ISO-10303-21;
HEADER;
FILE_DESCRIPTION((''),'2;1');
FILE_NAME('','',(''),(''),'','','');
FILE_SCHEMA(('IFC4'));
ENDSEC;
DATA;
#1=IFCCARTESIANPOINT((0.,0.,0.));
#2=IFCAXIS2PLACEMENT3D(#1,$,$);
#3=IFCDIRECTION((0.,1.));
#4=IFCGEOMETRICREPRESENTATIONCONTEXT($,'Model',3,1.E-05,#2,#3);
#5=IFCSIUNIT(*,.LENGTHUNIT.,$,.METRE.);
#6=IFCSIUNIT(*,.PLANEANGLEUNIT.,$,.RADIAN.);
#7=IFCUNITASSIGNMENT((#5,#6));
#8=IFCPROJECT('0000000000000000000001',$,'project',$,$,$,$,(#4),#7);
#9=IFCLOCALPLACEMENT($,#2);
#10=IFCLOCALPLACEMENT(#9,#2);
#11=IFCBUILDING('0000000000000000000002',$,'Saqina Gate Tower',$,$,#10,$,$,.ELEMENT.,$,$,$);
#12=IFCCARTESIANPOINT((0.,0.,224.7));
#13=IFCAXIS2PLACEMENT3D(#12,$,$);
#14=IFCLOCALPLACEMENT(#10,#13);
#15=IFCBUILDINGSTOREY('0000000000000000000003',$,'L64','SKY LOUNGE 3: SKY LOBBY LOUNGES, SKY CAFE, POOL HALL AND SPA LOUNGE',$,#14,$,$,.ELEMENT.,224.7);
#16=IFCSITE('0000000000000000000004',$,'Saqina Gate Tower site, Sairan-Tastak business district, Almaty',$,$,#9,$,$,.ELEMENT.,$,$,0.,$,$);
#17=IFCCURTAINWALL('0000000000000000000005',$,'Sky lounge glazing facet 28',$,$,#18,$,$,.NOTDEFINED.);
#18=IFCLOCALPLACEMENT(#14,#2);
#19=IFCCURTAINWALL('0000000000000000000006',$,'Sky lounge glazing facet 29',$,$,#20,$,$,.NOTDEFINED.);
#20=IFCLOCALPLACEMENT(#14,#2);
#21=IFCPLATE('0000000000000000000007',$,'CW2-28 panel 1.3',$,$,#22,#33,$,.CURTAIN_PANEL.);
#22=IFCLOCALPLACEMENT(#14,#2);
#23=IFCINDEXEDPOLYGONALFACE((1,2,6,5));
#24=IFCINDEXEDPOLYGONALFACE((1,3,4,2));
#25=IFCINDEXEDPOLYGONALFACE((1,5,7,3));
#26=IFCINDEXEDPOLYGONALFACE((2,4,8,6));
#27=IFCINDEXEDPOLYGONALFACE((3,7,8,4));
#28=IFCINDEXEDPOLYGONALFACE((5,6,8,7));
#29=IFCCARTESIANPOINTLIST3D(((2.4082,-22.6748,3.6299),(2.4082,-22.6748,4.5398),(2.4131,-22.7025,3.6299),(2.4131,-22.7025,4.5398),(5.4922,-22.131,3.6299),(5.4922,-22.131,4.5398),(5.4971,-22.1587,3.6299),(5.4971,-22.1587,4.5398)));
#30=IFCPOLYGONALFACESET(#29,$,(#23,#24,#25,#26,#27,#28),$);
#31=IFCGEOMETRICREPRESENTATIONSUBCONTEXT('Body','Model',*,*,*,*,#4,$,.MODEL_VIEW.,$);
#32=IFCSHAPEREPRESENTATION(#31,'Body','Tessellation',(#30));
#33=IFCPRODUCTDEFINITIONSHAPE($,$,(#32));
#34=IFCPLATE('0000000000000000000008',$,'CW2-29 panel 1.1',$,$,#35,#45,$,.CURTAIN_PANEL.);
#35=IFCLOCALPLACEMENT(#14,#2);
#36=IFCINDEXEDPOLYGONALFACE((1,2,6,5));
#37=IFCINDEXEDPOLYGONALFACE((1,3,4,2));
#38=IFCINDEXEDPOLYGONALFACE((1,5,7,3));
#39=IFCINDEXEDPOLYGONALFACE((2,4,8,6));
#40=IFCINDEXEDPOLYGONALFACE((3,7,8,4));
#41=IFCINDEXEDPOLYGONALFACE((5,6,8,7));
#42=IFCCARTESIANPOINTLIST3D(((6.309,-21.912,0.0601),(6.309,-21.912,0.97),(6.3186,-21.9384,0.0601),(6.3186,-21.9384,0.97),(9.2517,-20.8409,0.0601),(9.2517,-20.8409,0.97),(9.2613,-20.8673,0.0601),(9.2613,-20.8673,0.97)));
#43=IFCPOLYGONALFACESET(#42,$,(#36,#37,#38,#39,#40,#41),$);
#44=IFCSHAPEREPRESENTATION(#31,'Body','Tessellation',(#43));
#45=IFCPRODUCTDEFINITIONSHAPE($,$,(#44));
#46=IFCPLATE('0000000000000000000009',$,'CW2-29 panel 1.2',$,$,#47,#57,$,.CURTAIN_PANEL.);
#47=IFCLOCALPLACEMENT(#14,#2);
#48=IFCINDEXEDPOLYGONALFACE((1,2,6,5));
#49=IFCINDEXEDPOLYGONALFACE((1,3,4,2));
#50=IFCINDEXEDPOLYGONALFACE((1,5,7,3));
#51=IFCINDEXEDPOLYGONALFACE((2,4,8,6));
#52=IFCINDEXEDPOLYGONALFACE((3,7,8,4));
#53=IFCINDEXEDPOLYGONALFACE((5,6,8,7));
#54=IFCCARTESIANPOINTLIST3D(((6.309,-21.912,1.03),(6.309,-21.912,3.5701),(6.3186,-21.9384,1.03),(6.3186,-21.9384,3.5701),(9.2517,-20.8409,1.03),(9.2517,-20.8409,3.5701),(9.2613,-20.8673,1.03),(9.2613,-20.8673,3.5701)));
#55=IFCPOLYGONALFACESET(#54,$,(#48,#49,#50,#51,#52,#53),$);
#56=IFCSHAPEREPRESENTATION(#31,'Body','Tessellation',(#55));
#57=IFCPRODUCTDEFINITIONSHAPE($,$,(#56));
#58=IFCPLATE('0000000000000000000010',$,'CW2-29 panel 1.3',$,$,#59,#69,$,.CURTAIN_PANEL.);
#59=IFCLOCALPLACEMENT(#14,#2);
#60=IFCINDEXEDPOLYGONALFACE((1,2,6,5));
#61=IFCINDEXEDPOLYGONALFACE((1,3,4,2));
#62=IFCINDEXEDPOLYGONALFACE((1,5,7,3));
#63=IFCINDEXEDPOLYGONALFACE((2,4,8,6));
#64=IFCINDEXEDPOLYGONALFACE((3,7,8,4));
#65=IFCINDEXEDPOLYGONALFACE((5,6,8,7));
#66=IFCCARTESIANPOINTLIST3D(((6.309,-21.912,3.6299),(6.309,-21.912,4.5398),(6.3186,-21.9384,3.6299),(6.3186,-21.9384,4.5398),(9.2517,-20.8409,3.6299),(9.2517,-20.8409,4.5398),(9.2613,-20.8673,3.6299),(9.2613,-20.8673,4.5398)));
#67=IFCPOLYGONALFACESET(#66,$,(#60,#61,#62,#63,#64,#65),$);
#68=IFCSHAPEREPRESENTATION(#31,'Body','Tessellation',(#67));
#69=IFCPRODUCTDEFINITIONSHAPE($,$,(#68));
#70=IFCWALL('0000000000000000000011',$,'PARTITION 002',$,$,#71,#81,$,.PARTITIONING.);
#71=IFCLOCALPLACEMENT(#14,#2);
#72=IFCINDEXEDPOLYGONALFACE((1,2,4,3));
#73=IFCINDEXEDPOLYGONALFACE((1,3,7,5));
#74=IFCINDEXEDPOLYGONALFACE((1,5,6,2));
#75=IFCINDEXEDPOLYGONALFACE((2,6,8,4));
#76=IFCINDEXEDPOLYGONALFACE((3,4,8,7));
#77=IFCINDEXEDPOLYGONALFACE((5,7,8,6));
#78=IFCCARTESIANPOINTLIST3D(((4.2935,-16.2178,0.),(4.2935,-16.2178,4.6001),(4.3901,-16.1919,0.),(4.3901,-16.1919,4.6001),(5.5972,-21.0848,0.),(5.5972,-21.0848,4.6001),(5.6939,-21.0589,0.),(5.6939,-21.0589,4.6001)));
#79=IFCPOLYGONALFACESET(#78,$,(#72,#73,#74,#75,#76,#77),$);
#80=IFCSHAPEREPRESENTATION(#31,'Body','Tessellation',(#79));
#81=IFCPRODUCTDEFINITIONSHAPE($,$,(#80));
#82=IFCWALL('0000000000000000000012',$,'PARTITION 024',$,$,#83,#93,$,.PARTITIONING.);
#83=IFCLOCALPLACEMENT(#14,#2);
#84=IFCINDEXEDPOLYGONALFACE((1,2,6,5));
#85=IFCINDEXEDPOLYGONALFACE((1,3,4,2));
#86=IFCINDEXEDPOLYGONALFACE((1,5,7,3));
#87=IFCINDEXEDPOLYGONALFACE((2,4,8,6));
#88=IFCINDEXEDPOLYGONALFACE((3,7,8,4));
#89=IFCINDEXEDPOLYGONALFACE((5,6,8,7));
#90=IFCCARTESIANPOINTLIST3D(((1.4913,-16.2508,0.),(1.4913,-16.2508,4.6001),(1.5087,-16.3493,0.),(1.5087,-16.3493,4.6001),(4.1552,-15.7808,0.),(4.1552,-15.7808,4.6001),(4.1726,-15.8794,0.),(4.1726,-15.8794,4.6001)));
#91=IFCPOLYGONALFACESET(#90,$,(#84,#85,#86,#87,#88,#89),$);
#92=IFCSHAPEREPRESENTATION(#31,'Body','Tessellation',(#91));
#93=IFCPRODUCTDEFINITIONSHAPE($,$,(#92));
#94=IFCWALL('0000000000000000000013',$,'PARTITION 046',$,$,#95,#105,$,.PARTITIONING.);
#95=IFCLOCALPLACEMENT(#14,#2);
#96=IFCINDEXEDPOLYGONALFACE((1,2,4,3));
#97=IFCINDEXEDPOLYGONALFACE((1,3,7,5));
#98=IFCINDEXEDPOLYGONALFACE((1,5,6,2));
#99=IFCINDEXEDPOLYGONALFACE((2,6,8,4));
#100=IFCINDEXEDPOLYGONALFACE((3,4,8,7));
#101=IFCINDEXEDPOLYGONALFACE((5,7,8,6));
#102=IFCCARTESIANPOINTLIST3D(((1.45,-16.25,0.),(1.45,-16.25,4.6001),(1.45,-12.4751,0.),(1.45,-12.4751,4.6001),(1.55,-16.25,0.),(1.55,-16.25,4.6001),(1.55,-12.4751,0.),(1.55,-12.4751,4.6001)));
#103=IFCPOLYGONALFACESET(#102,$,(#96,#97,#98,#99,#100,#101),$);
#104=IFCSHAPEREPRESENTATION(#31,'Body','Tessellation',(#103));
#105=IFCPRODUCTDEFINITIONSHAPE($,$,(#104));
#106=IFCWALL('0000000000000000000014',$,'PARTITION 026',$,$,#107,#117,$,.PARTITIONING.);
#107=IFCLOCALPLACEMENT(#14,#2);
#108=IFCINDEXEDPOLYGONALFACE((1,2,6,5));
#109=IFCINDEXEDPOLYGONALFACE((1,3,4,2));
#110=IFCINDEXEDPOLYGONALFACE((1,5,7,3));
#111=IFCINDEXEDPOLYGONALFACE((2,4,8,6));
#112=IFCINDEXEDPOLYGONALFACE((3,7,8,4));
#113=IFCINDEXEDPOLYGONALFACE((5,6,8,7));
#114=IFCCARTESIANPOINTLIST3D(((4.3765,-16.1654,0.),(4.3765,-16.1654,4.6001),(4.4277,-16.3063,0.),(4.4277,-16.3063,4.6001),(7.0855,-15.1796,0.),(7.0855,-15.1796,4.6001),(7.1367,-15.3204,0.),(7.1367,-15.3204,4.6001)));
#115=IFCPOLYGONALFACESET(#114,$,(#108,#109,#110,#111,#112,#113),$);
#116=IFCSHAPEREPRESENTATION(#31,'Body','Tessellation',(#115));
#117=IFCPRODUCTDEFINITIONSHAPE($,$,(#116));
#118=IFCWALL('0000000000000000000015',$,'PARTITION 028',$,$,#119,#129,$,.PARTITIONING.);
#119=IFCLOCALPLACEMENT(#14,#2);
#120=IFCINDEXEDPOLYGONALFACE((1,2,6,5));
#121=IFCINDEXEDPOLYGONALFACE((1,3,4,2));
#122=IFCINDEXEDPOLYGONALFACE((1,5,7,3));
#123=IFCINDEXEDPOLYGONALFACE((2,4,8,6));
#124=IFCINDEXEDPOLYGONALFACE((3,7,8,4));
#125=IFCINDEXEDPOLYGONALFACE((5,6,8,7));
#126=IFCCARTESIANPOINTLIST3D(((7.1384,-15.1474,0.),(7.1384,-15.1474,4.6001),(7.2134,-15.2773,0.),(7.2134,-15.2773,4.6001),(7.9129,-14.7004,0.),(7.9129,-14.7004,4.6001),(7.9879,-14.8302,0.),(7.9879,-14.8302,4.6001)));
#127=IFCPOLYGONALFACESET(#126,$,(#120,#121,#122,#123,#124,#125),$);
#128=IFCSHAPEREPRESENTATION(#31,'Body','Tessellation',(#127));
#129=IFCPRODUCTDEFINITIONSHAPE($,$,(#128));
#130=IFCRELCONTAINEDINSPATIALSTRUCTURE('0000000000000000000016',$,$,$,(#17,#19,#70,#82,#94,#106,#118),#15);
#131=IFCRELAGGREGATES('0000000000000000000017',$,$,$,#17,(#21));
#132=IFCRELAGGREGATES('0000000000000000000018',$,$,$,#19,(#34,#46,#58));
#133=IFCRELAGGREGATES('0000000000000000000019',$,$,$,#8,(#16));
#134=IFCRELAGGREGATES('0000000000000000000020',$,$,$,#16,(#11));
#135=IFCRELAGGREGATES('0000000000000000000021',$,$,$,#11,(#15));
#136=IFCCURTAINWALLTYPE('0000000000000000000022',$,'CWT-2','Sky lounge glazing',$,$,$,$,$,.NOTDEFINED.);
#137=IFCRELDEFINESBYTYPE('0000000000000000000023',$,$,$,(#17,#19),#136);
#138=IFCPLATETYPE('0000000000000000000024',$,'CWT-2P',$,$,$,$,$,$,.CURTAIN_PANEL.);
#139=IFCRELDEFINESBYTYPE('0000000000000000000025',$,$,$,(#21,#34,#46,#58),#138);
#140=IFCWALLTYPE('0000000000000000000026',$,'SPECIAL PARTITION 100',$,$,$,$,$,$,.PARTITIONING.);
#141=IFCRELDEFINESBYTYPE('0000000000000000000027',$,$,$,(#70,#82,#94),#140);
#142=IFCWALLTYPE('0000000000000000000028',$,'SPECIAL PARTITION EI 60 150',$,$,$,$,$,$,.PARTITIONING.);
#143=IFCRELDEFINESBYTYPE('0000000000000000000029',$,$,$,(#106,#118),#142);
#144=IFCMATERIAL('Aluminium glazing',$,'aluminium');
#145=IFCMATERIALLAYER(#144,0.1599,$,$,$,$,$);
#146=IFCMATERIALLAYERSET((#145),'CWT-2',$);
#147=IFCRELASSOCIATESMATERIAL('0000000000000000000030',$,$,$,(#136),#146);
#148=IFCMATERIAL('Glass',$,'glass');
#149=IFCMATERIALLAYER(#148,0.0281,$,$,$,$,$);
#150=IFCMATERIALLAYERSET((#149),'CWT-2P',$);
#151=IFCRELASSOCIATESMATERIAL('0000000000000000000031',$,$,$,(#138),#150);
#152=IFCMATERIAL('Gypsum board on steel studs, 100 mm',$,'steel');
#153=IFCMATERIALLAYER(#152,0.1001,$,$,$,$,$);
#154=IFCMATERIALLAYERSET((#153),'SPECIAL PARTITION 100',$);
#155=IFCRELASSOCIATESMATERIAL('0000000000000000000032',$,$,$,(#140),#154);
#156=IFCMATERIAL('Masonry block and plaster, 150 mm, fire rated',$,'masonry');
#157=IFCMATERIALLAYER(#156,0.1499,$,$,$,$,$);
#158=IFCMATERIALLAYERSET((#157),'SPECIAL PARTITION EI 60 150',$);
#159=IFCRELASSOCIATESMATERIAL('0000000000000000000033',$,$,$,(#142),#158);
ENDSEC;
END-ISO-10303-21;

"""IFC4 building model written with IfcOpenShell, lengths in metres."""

from ifc_helpers import new_model, si_unit, direction, frame, frame_2d, origin, origin_2d, place, context, subcontext, project, spatial, rectangle, extrude, material, layer, layer_set, type_object, element, aggregate, save


model = new_model("IFC4")

# Units and contexts
model_context = context("Model", 3, precision=1e-05, world=origin(), true_north=direction((0.0, 1.0)))
body_context = subcontext(model_context, "Body", "Model", "MODEL_VIEW")
ifc_project = project(units=[si_unit("LENGTHUNIT", "METRE"), si_unit("PLANEANGLEUNIT", "RADIAN")], contexts=[model_context])

# Site, building, storey
site_placement = place(None, origin())
site = spatial("IfcSite", under=ifc_project, at=site_placement, Name="Saqina Gate Tower site, Sairan-Tastak business district, Almaty", CompositionType="ELEMENT", RefElevation=0.0)
building_placement = place(site_placement, origin())
building = spatial("IfcBuilding", under=site, at=building_placement, Name="Saqina Gate Tower", CompositionType="ELEMENT")
storey_placement = place(building_placement, frame((0.0, 0.0, 224.7)))
storey = spatial("IfcBuildingStorey", under=building, at=storey_placement, Name="L64", Description="SKY LOUNGE 3: SKY LOBBY LOUNGES, SKY CAFE, POOL HALL AND SPA LOUNGE", CompositionType="ELEMENT", Elevation=224.7)

# Curtain wall
ifc_material_1 = material(Name="Aluminium glazing", Category="aluminium")
ifc_layer_1 = layer(ifc_material_1, 0.1599)
ifc_layer_set_1 = layer_set([ifc_layer_1], Name="CWT-2")
curtain_wall_type = type_object("IfcCurtainWallType", Name="CWT-2", Description="Sky lounge glazing", PredefinedType="NOTDEFINED", material=ifc_layer_set_1)
curtain_wall_1_placement = place(storey_placement, origin())
curtain_wall_1 = element("IfcCurtainWall", 1, at=curtain_wall_1_placement, inside=storey, type_object=curtain_wall_type, Name="Sky lounge glazing facet 28", PredefinedType="NOTDEFINED")

# Curtain wall
curtain_wall_2_placement = place(storey_placement, origin())
curtain_wall_2 = element("IfcCurtainWall", 2, at=curtain_wall_2_placement, inside=storey, type_object=curtain_wall_type, Name="Sky lounge glazing facet 29", PredefinedType="NOTDEFINED")

# Plates
ifc_material_2 = material(Name="Glass", Category="glass")
ifc_layer_2 = layer(ifc_material_2, 0.0281)
ifc_layer_set_2 = layer_set([ifc_layer_2], Name="CWT-2P")
plate_type = type_object("IfcPlateType", Name="CWT-2P", PredefinedType="CURTAIN_PANEL", material=ifc_layer_set_2)
plate_1_placement = place(storey_placement, frame((3.9526, -22.4167, 3.6299), z_axis=(0.0, 0.0, 1.0), x_axis=(0.984805, 0.173663, 0.0)))
plate_1 = element("IfcPlate", 3, at=plate_1_placement, type_object=plate_type, Name="CW2-28 panel 1.3", PredefinedType="CURTAIN_PANEL", context=body_context, shape_type="SweptSolid", body=[
    extrude(rectangle(XDim=3.1316, YDim=0.0281, at=origin_2d()), origin(), (0.0, 0.0, 1.0), 0.9099),
])
aggregate(curtain_wall_1, [plate_1])
plate_2_placement = place(storey_placement, frame((7.7852, -21.3896, 0.0601), z_axis=(0.0, 0.0, 1.0), x_axis=(0.939697, 0.342007, 0.0)))
plate_2 = element("IfcPlate", 4, at=plate_2_placement, type_object=plate_type, Name="CW2-29 panel 1.1", PredefinedType="CURTAIN_PANEL", context=body_context, shape_type="SweptSolid", body=[
    extrude(rectangle(XDim=3.1316, YDim=0.0281, at=origin_2d()), origin(), (0.0, 0.0, 1.0), 0.9099),
])
plate_3_placement = place(storey_placement, frame((7.7852, -21.3896, 1.03), z_axis=(0.0, 0.0, 1.0), x_axis=(0.939697, 0.342007, 0.0)))
plate_3 = element("IfcPlate", 5, at=plate_3_placement, type_object=plate_type, Name="CW2-29 panel 1.2", PredefinedType="CURTAIN_PANEL", context=body_context, shape_type="SweptSolid", body=[
    extrude(rectangle(XDim=3.1316, YDim=0.0281, at=origin_2d()), origin(), (0.0, 0.0, 1.0), 2.54),
])
plate_4_placement = place(storey_placement, frame((7.7852, -21.3896, 3.6299), z_axis=(0.0, 0.0, 1.0), x_axis=(0.939697, 0.342007, 0.0)))
plate_4 = element("IfcPlate", 6, at=plate_4_placement, type_object=plate_type, Name="CW2-29 panel 1.3", PredefinedType="CURTAIN_PANEL", context=body_context, shape_type="SweptSolid", body=[
    extrude(rectangle(XDim=3.1316, YDim=0.0281, at=origin_2d()), origin(), (0.0, 0.0, 1.0), 0.9099),
])
aggregate(curtain_wall_2, [plate_2, plate_3, plate_4])

# Walls
ifc_material_3 = material(Name="Gypsum board on steel studs, 100 mm", Category="steel")
ifc_layer_3 = layer(ifc_material_3, 0.1001)
ifc_layer_set_3 = layer_set([ifc_layer_3], Name="SPECIAL PARTITION 100")
wall_type_1 = type_object("IfcWallType", Name="SPECIAL PARTITION 100", PredefinedType="PARTITIONING", material=ifc_layer_set_3)
wall_1_placement = place(storey_placement, frame((4.3418, -16.2048, 0.0), z_axis=(0.0, 0.0, 1.0), x_axis=(0.258748, -0.965945, 0.0)))
element("IfcWall", 7, at=wall_1_placement, inside=storey, type_object=wall_type_1, Name="PARTITION 002", PredefinedType="PARTITIONING", context=body_context, shape_type="SweptSolid", body=[
    extrude(rectangle(XDim=5.0386, YDim=0.1001, at=frame_2d((2.5193, 0.0))), origin(), (0.0, 0.0, 1.0), 4.6001),
])
wall_2_placement = place(storey_placement, frame((1.5, -16.3, 0.0), z_axis=(0.0, 0.0, 1.0), x_axis=(0.984794, 0.173729, 0.0)))
element("IfcWall", 8, at=wall_2_placement, inside=storey, type_object=wall_type_1, Name="PARTITION 024", PredefinedType="PARTITIONING", context=body_context, shape_type="SweptSolid", body=[
    extrude(rectangle(XDim=2.7051, YDim=0.1001, at=frame_2d((1.3525, 0.0))), origin(), (0.0, 0.0, 1.0), 4.6001),
])
wall_3_placement = place(storey_placement, frame((1.5, -16.25, 0.0), z_axis=(0.0, 0.0, 1.0), x_axis=(0.0, 1.0, 0.0)))
element("IfcWall", 9, at=wall_3_placement, inside=storey, type_object=wall_type_1, Name="PARTITION 046", PredefinedType="PARTITIONING", context=body_context, shape_type="SweptSolid", body=[
    extrude(rectangle(XDim=3.7749, YDim=0.1001, at=frame_2d((1.8875, 0.0))), origin(), (0.0, 0.0, 1.0), 4.6001),
])
ifc_material_4 = material(Name="Masonry block and plaster, 150 mm, fire rated", Category="masonry")
ifc_layer_4 = layer(ifc_material_4, 0.1499)
ifc_layer_set_4 = layer_set([ifc_layer_4], Name="SPECIAL PARTITION EI 60 150")
wall_type_2 = type_object("IfcWallType", Name="SPECIAL PARTITION EI 60 150", PredefinedType="PARTITIONING", material=ifc_layer_set_4)
wall_4_placement = place(storey_placement, frame((4.4021, -16.2358, 0.0), z_axis=(0.0, 0.0, 1.0), x_axis=(0.939709, 0.341974, 0.0)))
element("IfcWall", 10, at=wall_4_placement, inside=storey, type_object=wall_type_2, Name="PARTITION 026", PredefinedType="PARTITIONING", context=body_context, shape_type="SweptSolid", body=[
    extrude(rectangle(XDim=2.8828, YDim=0.1499, at=frame_2d((1.4414, 0.0))), origin(), (0.0, 0.0, 1.0), 4.6001),
])
wall_5_placement = place(storey_placement, frame((7.1758, -15.2124, 0.0), z_axis=(0.0, 0.0, 1.0), x_axis=(0.866067, 0.499927, 0.0)))
element("IfcWall", 11, at=wall_5_placement, inside=storey, type_object=wall_type_2, Name="PARTITION 028", PredefinedType="PARTITIONING", context=body_context, shape_type="SweptSolid", body=[
    extrude(rectangle(XDim=0.8943, YDim=0.1499, at=frame_2d((0.4473, 0.0))), origin(), (0.0, 0.0, 1.0), 4.6001),
])

save(model, "model.ifc")
